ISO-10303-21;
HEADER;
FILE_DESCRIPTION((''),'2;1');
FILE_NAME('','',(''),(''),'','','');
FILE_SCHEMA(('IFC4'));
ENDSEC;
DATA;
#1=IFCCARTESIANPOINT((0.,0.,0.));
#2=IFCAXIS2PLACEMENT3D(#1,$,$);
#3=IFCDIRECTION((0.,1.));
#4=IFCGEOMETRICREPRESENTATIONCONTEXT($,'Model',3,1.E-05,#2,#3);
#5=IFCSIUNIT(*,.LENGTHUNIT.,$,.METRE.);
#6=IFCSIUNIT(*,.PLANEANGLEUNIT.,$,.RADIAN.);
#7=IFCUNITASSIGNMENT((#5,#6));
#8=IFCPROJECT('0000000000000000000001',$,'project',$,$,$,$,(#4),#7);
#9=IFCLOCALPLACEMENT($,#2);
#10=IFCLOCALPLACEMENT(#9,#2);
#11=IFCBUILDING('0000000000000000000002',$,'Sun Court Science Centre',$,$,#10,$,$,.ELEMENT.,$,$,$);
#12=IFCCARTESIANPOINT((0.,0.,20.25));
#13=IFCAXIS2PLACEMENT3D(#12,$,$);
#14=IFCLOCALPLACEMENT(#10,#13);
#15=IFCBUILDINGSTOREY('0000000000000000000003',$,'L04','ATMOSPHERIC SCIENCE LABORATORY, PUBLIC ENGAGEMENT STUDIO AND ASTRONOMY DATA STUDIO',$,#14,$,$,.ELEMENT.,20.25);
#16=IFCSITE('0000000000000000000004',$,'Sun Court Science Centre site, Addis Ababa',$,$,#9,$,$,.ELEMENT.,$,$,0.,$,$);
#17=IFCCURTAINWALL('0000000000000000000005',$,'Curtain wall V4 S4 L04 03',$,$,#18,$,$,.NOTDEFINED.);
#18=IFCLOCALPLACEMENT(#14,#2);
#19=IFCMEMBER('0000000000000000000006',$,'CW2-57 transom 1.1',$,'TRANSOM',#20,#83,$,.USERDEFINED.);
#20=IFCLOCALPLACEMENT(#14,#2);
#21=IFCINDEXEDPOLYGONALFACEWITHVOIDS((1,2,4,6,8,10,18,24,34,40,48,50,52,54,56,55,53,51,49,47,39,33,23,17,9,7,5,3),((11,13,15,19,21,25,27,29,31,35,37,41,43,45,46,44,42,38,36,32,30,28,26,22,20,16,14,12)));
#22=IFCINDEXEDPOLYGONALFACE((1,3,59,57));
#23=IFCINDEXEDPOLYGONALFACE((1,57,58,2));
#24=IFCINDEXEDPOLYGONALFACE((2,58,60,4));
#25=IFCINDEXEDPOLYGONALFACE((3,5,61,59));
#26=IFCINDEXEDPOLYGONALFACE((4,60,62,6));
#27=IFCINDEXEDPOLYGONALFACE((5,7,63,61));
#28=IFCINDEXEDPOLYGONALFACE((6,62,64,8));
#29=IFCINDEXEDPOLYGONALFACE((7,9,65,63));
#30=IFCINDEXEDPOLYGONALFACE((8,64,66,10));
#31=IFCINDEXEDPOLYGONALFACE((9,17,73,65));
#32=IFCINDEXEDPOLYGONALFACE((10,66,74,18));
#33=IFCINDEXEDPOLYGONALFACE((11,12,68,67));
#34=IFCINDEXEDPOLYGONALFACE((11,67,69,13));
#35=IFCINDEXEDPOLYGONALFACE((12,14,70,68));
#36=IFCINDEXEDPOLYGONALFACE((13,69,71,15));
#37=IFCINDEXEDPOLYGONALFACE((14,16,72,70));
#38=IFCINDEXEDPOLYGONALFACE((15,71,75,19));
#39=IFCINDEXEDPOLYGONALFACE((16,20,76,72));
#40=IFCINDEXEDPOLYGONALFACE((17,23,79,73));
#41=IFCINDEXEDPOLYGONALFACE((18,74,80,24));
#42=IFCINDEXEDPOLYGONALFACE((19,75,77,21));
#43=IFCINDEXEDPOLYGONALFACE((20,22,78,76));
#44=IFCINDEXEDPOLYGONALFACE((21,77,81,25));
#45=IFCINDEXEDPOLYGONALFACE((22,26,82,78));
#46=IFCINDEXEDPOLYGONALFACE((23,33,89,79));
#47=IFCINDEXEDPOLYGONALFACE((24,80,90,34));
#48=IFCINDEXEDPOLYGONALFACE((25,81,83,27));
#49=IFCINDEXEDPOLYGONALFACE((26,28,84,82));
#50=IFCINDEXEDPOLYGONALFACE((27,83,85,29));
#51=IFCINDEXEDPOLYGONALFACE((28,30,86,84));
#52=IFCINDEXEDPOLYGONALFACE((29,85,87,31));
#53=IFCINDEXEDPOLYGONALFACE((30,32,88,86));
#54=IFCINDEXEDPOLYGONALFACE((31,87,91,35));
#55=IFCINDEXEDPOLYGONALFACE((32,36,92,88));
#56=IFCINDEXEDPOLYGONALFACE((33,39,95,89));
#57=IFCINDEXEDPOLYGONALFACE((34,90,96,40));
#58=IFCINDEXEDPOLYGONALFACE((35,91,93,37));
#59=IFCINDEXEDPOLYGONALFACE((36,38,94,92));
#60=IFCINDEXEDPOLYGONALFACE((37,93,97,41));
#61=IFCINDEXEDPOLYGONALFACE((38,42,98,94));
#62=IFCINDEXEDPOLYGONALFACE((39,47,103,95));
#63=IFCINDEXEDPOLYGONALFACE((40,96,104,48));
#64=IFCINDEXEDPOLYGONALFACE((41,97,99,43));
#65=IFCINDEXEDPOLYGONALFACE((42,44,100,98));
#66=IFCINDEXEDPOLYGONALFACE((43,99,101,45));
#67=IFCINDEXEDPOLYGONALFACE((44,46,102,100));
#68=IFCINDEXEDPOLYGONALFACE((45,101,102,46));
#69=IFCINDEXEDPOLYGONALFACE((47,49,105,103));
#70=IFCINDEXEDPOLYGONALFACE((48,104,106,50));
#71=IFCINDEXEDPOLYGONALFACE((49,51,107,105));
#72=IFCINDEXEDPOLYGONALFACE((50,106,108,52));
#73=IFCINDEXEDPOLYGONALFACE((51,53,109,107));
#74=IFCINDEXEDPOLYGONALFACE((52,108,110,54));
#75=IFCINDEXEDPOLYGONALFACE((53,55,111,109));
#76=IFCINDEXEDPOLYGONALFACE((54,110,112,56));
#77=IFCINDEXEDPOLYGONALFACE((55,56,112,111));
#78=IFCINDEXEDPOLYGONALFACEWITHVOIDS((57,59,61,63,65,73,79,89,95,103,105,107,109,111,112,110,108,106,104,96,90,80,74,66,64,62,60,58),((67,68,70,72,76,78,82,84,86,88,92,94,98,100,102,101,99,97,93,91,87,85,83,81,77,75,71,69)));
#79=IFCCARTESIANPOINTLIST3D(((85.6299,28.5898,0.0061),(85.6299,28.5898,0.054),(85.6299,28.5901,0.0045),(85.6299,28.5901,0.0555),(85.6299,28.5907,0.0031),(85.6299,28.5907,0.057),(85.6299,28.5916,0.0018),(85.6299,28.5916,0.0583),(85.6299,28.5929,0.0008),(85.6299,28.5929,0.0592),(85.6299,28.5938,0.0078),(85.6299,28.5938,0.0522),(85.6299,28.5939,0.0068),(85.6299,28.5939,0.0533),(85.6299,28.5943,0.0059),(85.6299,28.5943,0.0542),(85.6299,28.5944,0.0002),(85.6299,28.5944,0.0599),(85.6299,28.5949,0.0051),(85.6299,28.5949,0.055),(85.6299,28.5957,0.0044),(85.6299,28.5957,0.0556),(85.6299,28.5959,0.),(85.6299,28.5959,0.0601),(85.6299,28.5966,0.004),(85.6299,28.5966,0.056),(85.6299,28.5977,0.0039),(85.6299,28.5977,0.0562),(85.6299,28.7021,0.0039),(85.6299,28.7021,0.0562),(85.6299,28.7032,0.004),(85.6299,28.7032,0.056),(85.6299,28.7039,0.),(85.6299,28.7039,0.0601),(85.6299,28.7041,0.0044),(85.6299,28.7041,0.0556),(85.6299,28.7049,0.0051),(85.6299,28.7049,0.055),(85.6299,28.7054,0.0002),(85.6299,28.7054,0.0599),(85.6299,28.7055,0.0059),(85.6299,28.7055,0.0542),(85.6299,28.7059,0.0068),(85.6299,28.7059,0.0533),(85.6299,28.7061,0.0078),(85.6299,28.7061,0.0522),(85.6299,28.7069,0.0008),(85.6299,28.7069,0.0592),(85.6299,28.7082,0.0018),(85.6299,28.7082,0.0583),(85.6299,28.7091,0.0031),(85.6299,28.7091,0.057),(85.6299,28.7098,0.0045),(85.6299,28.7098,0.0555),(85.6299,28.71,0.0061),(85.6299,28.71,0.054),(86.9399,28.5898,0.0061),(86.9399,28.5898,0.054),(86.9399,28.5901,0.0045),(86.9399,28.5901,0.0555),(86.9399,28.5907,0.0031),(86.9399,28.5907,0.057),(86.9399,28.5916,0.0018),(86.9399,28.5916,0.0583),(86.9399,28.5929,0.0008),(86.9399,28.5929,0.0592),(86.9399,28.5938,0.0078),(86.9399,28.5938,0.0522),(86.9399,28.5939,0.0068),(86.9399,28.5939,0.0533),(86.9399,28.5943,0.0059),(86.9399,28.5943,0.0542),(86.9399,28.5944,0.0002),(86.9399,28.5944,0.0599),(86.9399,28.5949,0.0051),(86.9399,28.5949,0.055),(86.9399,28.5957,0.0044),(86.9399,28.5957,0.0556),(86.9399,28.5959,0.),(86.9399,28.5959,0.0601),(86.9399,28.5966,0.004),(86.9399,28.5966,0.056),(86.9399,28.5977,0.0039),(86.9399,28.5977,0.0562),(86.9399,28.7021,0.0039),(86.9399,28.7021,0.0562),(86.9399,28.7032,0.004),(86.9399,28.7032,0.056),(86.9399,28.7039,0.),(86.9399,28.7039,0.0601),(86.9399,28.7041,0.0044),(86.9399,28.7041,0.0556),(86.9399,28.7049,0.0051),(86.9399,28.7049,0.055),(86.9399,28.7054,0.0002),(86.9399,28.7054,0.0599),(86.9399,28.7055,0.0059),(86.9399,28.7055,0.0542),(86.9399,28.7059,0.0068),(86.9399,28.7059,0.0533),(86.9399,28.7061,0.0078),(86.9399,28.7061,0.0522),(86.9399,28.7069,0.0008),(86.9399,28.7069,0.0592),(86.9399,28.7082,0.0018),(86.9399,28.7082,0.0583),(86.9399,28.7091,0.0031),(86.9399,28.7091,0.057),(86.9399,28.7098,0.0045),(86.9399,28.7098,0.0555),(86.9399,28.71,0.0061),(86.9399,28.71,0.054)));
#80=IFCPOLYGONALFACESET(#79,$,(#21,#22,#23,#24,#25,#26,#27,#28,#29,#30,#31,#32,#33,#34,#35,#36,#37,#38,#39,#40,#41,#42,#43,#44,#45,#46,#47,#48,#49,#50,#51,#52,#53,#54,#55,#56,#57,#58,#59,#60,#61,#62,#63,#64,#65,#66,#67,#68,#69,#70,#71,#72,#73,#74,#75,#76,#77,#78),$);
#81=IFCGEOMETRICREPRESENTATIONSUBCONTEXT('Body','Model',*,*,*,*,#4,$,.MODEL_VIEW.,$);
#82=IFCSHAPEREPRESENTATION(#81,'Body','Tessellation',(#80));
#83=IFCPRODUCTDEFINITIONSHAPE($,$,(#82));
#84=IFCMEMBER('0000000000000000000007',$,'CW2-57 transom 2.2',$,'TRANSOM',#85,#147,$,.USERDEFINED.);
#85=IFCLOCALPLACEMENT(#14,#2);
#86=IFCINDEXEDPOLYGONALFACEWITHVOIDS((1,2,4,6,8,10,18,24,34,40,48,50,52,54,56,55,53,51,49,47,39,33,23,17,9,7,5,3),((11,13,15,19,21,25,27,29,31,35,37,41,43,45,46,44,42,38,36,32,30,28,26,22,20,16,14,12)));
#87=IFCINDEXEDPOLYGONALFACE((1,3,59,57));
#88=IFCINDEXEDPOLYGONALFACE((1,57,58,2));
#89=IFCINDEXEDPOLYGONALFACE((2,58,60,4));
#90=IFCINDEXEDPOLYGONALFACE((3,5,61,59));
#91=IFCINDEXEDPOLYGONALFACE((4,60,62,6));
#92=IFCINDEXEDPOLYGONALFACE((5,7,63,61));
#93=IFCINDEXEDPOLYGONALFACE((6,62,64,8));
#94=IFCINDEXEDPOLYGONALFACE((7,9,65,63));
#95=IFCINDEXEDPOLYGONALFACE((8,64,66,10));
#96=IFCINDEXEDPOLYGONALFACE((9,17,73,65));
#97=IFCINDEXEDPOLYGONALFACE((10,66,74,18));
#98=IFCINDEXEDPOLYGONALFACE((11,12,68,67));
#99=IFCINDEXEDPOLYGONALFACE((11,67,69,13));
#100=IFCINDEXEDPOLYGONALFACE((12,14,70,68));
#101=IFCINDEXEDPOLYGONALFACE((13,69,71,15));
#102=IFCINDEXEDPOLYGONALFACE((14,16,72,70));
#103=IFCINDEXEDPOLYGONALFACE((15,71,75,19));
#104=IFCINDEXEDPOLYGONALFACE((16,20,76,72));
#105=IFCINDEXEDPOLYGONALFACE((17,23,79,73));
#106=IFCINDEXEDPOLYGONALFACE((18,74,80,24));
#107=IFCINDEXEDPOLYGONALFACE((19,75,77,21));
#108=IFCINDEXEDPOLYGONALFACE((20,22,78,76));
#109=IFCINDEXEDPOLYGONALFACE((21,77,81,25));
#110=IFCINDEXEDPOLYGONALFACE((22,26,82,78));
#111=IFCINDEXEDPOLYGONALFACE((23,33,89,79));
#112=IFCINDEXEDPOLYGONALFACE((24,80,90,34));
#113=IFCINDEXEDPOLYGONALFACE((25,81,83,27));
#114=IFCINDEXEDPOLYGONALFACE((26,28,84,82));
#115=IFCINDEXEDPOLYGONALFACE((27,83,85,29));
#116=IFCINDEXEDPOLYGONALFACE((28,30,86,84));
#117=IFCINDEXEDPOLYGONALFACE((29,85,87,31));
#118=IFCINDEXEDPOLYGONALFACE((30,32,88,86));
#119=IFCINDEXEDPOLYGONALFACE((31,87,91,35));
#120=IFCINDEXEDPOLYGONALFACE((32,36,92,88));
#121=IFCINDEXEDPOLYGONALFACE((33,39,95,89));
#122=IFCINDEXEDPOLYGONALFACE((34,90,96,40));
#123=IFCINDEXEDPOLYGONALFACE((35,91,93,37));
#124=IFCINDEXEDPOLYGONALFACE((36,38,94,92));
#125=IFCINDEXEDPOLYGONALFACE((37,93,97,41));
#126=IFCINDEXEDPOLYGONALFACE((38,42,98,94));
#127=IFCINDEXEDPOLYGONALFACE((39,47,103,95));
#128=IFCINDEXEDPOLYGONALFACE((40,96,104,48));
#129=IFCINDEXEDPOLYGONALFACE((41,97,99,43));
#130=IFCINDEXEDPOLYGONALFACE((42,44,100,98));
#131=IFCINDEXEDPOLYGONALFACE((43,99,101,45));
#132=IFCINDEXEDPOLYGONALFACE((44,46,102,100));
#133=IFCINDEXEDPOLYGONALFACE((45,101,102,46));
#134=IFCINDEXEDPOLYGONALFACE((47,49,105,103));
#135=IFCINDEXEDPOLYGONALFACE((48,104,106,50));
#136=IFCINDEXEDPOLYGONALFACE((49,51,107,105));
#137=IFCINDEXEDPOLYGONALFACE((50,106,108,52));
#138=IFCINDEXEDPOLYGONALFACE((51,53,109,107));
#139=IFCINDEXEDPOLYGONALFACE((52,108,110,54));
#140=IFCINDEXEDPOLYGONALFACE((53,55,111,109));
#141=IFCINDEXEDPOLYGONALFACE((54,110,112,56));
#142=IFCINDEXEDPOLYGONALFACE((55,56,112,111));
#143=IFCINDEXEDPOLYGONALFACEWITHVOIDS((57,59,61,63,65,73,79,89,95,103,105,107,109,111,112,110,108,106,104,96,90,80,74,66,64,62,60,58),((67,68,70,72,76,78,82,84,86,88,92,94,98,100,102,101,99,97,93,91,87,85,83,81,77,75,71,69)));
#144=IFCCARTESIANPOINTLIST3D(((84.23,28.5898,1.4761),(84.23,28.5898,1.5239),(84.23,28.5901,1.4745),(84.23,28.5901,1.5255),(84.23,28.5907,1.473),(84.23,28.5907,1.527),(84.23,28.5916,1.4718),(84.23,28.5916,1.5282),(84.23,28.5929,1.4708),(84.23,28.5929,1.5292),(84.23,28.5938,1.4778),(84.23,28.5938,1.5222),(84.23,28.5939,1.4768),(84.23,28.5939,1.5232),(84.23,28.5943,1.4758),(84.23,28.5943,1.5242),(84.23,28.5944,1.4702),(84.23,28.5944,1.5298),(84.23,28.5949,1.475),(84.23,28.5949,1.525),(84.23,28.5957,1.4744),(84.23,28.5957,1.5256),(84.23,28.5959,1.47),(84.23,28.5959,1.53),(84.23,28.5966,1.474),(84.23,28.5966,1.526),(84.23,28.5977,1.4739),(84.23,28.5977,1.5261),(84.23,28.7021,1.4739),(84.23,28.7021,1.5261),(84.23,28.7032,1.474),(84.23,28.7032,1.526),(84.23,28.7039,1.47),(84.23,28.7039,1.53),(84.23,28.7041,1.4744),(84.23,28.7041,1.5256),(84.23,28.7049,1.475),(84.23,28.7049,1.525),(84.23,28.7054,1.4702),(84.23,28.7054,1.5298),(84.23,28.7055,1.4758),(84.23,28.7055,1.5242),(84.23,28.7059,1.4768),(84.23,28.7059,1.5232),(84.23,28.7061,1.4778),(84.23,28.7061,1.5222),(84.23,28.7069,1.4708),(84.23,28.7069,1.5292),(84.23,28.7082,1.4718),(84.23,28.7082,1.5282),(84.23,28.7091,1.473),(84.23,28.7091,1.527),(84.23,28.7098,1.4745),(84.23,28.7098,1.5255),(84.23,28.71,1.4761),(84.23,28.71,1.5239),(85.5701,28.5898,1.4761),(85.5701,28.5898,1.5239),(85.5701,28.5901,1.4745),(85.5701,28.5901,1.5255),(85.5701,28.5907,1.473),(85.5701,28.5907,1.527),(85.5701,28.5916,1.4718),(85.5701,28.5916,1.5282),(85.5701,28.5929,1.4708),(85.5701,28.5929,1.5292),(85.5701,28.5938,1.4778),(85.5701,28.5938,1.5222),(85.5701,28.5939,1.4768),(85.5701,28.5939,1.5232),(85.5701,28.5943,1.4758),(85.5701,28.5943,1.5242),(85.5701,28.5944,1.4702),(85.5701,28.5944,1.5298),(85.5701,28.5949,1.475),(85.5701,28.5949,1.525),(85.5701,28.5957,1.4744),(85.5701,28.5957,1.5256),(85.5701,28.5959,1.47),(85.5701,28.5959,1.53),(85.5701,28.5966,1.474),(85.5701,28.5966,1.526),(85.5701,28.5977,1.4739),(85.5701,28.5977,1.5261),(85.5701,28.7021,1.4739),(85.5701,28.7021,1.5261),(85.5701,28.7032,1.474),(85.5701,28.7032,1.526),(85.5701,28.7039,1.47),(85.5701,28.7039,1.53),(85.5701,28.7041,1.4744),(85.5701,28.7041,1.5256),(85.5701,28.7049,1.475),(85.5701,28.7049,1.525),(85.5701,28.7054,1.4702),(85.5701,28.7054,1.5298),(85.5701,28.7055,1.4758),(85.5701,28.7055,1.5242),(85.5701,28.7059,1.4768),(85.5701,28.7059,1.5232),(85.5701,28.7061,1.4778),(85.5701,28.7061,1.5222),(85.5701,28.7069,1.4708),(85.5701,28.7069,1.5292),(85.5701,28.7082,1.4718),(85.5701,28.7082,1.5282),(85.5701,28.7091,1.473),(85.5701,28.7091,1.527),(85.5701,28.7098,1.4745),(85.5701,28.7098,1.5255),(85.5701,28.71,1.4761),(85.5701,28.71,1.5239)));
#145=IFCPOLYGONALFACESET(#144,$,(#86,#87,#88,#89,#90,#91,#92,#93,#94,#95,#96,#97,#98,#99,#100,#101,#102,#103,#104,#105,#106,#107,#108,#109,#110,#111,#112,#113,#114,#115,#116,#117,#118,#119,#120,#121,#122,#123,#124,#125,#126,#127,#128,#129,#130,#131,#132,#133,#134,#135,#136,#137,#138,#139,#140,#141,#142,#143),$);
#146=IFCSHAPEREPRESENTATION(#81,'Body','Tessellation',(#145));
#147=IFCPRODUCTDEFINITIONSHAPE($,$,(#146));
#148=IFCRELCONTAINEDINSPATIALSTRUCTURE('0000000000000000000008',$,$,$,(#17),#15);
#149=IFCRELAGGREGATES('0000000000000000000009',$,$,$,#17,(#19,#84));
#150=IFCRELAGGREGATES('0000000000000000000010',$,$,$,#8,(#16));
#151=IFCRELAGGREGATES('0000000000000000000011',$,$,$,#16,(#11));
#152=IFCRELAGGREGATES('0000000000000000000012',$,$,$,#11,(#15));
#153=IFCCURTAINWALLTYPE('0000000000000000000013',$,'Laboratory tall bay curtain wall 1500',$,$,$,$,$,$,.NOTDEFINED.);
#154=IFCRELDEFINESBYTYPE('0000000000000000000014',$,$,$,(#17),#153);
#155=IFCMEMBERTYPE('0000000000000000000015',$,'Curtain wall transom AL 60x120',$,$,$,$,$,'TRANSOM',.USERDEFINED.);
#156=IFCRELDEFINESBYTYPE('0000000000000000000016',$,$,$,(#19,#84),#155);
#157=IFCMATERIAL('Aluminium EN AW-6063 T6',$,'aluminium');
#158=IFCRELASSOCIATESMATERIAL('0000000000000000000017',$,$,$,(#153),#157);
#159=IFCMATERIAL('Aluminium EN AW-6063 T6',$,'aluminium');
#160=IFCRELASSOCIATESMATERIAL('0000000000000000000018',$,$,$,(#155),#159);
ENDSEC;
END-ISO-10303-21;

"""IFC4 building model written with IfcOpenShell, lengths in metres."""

from ifc_helpers import new_model, si_unit, direction, frame, origin, origin_2d, place, context, subcontext, project, spatial, hollow_rectangle, extrude, material, material_profile, profile_set, type_object, element, aggregate, save


model = new_model("IFC4")

# Units and contexts
model_context = context("Model", 3, precision=1e-05, world=origin(), true_north=direction((0.0, 1.0)))
body_context = subcontext(model_context, "Body", "Model", "MODEL_VIEW")
ifc_project = project(units=[si_unit("LENGTHUNIT", "METRE"), si_unit("PLANEANGLEUNIT", "RADIAN")], contexts=[model_context])

# Site, building, storey
site_placement = place(None, origin())
site = spatial("IfcSite", under=ifc_project, at=site_placement, Name="Sun Court Science Centre site, Addis Ababa", CompositionType="ELEMENT", RefElevation=0.0)
building_placement = place(site_placement, origin())
building = spatial("IfcBuilding", under=site, at=building_placement, Name="Sun Court Science Centre", CompositionType="ELEMENT")
storey_placement = place(building_placement, frame((0.0, 0.0, 20.25)))
storey = spatial("IfcBuildingStorey", under=building, at=storey_placement, Name="L04", Description="ATMOSPHERIC SCIENCE LABORATORY, PUBLIC ENGAGEMENT STUDIO AND ASTRONOMY DATA STUDIO", CompositionType="ELEMENT", Elevation=20.25)

# Shared definitions
ifc_material_1 = material(Name="Aluminium EN AW-6063 T6", Category="aluminium")
curtain_wall_type = type_object("IfcCurtainWallType", Name="Laboratory tall bay curtain wall 1500", PredefinedType="NOTDEFINED", material=ifc_material_1)

# Curtain wall, members
curtain_wall_1_placement = place(storey_placement, origin())
curtain_wall_1 = element("IfcCurtainWall", 1, at=curtain_wall_1_placement, inside=storey, type_object=curtain_wall_type, Name="Curtain wall V4 S4 L04 03", PredefinedType="NOTDEFINED")
ifc_material_2 = material(Name="Aluminium EN AW-6063 T6", Category="aluminium")
ifc_material_profile_1 = material_profile(ifc_material_2, hollow_rectangle(XDim=0.0601, YDim=0.1201, WallThickness=0.0039, InnerFilletRadius=0.0039, OuterFilletRadius=0.0061, at=origin_2d()), Name="AL 60x120x4")
ifc_profile_set_1 = profile_set([ifc_material_profile_1], Name="Aluminium EN AW-6063 T6")
member_type_1 = type_object("IfcMemberType", Name="Curtain wall transom AL 60x120", ElementType="TRANSOM", PredefinedType="USERDEFINED", material=ifc_profile_set_1)
member_1_placement = place(storey_placement, frame((86.9399, 28.6499, 0.03), z_axis=(-1.0, 0.0, 0.0), x_axis=(0.0, 0.0, 1.0)))
member_1 = element("IfcMember", 2, at=member_1_placement, type_object=member_type_1, Name="CW2-57 transom 1.1", ObjectType="TRANSOM", PredefinedType="USERDEFINED", context=body_context, shape_type="SweptSolid", body=[
    extrude(hollow_rectangle(XDim=0.0601, YDim=0.1201, WallThickness=0.0039, InnerFilletRadius=0.0039, OuterFilletRadius=0.0061, at=origin_2d()), origin(), (0.0, 0.0, 1.0), 1.3101),
])
member_2_placement = place(storey_placement, frame((85.5701, 28.6499, 1.5), z_axis=(-1.0, 0.0, 0.0), x_axis=(0.0, 0.0, 1.0)))
member_2 = element("IfcMember", 3, at=member_2_placement, type_object=member_type_1, Name="CW2-57 transom 2.2", ObjectType="TRANSOM", PredefinedType="USERDEFINED", context=body_context, shape_type="SweptSolid", body=[
    extrude(hollow_rectangle(XDim=0.0601, YDim=0.1201, WallThickness=0.0039, InnerFilletRadius=0.0039, OuterFilletRadius=0.0061, at=origin_2d()), origin(), (0.0, 0.0, 1.0), 1.3401),
])

aggregate(curtain_wall_1, [member_1, member_2])

save(model, "model.ifc")
